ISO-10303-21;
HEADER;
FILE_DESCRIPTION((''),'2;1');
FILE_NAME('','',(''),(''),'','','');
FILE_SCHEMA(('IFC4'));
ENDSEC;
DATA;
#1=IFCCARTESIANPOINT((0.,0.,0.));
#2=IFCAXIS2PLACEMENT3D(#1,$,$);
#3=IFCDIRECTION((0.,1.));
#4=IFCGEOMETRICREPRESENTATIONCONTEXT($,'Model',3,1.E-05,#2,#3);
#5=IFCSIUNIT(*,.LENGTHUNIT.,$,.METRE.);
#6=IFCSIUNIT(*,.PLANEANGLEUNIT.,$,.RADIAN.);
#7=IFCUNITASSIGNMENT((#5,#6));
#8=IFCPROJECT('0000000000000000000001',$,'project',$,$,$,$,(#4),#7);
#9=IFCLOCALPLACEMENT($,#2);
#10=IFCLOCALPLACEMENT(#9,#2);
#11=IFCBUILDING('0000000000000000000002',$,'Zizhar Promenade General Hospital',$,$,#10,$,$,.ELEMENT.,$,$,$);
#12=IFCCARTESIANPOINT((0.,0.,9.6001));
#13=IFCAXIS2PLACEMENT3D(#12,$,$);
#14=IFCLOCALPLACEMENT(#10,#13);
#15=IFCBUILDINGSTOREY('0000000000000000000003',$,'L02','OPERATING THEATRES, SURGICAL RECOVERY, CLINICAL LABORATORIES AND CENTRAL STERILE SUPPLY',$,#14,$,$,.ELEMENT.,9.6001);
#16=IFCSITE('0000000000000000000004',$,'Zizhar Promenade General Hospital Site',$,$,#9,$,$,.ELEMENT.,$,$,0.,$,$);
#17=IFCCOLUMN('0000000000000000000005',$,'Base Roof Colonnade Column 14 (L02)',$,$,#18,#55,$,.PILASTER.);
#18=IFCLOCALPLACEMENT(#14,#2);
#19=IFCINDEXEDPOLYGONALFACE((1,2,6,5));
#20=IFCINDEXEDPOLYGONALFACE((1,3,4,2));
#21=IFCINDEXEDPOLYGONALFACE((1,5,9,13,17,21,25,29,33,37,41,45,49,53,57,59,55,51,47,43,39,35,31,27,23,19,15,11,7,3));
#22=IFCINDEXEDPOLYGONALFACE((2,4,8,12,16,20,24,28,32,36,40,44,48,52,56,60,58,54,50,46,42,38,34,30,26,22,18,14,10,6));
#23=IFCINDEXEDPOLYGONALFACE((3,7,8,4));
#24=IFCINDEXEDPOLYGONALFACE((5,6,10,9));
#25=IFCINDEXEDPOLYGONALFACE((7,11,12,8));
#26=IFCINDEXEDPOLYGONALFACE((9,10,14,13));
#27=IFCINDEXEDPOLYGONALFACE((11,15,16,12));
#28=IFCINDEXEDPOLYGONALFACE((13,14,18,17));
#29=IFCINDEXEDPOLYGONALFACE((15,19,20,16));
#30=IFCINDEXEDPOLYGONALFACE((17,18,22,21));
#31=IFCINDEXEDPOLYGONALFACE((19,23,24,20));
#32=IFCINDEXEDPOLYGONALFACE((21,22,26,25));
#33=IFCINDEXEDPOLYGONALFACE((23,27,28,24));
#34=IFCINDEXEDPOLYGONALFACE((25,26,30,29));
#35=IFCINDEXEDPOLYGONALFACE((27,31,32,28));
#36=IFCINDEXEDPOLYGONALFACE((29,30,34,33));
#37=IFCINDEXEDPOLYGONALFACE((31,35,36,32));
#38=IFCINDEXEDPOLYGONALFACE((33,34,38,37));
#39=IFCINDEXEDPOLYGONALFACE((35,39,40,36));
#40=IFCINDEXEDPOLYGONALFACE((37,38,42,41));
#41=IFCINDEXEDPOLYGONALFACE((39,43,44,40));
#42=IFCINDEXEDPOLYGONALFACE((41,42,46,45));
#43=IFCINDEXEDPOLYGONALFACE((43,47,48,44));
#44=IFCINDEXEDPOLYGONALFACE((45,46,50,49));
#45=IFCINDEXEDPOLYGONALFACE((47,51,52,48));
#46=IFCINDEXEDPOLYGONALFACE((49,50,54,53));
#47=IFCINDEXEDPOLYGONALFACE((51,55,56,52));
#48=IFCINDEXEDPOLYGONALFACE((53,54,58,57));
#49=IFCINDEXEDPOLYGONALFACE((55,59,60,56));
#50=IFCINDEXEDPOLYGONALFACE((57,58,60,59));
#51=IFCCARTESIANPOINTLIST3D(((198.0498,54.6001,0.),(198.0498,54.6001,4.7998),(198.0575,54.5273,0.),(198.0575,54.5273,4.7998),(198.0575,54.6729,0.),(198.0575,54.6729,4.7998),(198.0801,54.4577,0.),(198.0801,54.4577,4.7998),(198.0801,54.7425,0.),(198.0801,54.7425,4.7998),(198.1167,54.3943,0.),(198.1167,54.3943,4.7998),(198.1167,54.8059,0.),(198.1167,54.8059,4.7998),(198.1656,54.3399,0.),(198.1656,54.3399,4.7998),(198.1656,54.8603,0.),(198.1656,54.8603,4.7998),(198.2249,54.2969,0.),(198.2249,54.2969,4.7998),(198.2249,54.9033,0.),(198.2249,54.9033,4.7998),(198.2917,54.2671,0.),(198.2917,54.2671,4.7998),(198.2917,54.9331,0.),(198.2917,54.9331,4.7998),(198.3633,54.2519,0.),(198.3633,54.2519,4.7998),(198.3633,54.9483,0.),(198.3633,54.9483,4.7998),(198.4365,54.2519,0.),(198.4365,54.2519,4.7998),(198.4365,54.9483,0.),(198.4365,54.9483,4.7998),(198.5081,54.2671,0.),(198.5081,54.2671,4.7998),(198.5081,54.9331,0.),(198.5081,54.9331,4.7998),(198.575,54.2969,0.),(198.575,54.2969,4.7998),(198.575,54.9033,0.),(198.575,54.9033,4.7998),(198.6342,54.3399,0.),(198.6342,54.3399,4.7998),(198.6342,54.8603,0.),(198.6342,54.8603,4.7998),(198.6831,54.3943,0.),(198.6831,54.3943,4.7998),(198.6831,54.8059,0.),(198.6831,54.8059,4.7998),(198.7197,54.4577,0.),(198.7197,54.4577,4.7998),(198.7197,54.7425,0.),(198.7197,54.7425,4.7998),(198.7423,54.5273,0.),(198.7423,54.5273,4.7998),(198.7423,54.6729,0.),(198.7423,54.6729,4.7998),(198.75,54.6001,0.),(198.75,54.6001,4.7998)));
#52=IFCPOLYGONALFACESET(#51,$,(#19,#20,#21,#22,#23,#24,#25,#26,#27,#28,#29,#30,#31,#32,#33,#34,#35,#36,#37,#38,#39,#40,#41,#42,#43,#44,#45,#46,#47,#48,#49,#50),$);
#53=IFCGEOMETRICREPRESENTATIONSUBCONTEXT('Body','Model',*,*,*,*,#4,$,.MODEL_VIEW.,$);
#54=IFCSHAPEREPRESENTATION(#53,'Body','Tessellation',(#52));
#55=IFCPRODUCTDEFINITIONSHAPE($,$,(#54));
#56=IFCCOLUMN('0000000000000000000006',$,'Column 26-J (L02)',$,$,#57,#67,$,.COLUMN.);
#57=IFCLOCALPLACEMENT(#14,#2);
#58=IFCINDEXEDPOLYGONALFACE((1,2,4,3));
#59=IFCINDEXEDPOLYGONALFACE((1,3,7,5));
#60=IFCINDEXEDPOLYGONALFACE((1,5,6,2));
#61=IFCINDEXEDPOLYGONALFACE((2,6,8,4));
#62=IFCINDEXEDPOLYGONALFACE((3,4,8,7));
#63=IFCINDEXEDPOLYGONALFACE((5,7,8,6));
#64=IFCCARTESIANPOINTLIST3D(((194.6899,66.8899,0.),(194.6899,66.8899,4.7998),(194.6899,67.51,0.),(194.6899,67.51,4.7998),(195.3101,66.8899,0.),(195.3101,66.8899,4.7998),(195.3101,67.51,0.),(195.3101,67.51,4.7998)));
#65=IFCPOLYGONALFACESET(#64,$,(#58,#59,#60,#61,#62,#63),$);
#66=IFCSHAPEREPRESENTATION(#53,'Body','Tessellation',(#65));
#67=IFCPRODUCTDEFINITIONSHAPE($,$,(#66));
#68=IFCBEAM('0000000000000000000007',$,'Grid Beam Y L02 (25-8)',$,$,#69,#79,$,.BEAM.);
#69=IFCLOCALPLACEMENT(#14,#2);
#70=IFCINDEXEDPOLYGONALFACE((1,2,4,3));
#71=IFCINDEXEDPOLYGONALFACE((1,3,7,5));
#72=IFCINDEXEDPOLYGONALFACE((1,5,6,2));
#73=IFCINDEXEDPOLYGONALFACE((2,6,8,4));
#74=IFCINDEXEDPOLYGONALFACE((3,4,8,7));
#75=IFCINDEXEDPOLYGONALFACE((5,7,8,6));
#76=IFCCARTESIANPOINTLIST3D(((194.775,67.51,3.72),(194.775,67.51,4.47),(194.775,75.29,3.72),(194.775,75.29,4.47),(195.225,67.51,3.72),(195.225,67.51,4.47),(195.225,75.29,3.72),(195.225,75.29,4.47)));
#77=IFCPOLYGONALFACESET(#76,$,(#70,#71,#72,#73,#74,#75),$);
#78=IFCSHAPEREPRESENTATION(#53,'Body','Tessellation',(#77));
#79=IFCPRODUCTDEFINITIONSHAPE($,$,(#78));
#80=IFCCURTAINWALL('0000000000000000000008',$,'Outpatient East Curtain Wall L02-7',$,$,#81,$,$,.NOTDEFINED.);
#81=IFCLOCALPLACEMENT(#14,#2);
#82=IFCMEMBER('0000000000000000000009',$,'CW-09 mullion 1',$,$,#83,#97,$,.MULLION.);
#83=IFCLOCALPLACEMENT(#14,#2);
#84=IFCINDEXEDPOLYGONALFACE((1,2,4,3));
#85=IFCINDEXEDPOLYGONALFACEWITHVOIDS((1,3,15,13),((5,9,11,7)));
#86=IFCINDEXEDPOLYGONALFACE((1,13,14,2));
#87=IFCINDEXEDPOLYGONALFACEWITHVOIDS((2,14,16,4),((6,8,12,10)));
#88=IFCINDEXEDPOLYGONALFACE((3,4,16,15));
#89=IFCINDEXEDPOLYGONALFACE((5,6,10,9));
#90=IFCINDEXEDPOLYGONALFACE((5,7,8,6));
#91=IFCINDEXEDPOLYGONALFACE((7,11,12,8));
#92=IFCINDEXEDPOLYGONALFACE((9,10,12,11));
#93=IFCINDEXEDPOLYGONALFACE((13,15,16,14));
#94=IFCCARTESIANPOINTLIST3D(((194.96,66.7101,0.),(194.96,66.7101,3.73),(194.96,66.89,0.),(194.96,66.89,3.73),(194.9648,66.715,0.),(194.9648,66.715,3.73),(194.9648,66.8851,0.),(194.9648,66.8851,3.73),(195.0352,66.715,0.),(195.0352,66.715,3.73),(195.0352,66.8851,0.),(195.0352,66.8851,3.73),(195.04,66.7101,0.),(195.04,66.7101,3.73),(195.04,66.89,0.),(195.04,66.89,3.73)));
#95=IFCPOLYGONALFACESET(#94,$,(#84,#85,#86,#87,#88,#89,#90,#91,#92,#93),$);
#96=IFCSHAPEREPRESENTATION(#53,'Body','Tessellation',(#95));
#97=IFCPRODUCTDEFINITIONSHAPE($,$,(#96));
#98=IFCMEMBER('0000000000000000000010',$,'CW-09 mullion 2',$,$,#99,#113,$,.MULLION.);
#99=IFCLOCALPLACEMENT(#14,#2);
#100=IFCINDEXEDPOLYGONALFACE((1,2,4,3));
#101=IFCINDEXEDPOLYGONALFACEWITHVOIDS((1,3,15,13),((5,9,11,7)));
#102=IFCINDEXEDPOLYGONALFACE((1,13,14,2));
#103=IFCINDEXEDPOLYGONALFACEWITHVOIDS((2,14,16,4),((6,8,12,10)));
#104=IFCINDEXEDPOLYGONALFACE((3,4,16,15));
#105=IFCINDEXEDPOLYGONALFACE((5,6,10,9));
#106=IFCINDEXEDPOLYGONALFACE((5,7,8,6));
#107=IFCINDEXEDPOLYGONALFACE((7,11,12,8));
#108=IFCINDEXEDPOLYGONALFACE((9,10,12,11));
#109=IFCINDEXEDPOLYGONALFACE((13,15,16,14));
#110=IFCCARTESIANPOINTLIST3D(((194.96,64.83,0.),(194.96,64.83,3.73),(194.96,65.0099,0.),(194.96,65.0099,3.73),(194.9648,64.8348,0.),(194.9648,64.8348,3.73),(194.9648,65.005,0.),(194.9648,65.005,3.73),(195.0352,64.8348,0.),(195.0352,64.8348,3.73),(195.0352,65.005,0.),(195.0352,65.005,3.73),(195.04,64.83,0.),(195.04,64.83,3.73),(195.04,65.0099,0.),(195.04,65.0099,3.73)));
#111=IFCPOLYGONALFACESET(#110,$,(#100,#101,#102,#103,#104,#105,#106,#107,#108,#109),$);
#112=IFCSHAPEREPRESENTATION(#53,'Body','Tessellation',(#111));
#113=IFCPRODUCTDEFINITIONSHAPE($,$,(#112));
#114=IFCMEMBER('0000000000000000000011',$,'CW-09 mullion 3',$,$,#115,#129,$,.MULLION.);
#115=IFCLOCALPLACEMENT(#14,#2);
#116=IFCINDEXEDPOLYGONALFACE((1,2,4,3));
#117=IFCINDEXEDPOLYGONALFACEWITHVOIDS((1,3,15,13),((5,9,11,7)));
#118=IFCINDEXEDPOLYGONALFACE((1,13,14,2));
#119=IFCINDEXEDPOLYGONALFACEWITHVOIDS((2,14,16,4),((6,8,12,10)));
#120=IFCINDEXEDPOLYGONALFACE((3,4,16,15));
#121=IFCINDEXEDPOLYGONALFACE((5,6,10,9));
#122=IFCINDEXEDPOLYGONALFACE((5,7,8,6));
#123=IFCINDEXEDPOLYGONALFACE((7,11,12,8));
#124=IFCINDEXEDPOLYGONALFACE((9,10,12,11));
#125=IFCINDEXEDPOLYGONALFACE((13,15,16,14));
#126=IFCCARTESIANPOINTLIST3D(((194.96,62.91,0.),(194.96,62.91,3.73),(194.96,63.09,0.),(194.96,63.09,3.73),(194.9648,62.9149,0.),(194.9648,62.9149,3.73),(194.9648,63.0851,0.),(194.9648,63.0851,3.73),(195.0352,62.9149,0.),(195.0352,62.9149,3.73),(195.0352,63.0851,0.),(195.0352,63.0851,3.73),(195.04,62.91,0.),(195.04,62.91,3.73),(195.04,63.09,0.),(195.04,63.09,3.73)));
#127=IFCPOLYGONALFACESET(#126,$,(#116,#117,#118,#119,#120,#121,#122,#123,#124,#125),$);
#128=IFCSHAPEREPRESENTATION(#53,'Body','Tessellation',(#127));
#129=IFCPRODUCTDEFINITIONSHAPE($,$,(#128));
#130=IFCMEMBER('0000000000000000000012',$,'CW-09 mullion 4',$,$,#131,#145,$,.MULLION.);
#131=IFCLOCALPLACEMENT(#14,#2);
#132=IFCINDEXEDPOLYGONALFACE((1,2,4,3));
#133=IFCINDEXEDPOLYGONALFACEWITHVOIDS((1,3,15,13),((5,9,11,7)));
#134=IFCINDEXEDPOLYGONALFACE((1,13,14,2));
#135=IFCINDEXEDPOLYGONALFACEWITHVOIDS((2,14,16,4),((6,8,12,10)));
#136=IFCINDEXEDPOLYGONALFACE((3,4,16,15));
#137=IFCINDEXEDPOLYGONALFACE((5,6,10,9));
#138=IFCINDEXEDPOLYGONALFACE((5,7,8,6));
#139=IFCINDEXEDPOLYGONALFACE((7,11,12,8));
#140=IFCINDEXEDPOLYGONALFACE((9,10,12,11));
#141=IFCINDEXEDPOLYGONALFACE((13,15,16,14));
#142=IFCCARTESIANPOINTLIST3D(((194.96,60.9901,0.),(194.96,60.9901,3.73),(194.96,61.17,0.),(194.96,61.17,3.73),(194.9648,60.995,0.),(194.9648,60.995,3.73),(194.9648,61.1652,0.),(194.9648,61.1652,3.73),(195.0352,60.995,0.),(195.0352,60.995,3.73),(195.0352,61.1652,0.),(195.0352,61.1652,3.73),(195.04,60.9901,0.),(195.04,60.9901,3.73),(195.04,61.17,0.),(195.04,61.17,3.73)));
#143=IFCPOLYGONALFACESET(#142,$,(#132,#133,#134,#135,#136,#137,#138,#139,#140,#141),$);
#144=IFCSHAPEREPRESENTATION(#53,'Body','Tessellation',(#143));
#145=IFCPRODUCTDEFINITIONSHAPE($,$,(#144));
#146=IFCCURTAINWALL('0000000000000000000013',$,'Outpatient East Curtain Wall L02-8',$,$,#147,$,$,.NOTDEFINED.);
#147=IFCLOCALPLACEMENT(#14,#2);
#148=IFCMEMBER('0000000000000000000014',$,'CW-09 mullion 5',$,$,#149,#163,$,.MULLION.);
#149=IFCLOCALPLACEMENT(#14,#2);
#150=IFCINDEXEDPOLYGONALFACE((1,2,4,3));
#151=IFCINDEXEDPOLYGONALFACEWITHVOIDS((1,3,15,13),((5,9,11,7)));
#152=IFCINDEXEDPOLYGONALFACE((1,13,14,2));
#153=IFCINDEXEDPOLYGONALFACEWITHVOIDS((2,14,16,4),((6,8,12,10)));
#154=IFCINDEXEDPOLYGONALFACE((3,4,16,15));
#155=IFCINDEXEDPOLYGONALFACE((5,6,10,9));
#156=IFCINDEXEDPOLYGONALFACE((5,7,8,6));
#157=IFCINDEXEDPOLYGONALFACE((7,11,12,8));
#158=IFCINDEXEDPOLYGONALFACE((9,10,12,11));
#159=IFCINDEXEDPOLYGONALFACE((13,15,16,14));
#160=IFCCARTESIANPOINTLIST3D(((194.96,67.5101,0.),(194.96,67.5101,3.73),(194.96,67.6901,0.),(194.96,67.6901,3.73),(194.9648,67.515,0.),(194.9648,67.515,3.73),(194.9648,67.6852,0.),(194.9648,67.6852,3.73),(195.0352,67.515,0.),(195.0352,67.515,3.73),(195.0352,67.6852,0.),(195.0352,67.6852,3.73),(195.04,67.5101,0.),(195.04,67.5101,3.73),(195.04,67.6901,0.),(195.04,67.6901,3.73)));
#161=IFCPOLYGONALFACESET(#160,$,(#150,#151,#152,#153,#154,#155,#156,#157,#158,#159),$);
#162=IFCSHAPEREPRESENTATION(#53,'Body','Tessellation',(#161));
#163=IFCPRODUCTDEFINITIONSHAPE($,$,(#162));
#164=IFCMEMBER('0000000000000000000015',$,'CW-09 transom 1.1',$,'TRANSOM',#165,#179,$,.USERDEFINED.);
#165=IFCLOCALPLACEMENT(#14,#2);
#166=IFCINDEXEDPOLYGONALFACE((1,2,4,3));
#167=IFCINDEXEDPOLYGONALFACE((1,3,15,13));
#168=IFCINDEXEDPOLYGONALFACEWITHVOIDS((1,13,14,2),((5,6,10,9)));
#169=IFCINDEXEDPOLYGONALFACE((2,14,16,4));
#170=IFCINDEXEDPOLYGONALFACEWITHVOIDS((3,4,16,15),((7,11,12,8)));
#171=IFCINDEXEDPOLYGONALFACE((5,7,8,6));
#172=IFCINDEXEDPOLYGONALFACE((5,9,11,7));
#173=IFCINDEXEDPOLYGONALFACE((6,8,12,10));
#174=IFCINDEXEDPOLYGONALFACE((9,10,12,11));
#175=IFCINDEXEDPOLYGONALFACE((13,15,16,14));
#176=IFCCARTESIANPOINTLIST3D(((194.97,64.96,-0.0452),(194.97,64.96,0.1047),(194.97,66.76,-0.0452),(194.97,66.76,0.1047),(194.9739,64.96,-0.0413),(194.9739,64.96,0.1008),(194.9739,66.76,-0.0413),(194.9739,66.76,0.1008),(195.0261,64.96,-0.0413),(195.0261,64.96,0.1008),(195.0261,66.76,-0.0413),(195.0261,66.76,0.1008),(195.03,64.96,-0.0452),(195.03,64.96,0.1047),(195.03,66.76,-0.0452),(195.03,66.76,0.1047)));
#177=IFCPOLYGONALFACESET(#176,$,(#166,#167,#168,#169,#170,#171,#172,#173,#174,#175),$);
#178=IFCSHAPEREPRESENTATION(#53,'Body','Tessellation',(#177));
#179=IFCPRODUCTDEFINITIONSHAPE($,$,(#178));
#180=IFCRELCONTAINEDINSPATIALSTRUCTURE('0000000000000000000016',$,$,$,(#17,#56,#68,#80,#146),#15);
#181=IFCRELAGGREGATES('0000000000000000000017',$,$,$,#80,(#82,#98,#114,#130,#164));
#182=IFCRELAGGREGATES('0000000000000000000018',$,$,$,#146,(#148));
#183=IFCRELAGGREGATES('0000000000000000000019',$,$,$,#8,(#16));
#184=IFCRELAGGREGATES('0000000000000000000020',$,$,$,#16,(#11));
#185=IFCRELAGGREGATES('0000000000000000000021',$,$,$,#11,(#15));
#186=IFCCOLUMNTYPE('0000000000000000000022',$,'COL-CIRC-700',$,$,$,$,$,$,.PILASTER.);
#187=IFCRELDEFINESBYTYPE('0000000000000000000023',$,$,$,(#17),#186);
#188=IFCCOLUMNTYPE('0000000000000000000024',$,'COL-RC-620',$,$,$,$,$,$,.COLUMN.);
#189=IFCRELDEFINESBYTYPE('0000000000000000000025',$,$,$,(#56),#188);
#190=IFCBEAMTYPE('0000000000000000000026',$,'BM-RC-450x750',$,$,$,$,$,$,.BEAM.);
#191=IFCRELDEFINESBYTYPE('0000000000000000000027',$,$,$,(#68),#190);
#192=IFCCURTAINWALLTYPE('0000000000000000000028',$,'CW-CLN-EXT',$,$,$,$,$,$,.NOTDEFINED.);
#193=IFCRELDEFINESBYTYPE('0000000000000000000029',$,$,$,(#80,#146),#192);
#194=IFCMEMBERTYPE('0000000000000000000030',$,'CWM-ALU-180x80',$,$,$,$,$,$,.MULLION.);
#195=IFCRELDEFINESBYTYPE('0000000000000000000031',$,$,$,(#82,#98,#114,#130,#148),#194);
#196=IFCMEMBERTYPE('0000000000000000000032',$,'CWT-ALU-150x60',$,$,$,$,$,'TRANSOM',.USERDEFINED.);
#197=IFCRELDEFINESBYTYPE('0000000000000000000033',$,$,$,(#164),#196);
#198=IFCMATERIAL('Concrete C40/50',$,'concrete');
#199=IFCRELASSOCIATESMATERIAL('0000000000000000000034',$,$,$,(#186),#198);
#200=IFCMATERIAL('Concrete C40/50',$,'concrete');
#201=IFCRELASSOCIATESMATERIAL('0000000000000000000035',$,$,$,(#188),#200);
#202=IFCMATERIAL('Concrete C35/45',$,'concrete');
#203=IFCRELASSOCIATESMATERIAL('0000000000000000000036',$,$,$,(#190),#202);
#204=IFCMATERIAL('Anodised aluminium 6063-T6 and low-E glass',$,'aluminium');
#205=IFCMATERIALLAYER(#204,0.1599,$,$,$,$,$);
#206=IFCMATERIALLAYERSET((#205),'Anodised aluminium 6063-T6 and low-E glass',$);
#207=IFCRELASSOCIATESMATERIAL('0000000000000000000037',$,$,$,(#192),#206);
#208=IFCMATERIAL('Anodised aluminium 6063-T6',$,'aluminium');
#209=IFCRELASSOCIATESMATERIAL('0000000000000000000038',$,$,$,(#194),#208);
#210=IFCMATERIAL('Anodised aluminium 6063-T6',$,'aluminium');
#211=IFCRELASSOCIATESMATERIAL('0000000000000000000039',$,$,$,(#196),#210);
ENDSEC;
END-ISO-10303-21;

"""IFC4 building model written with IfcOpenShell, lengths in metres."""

from ifc_helpers import new_model, si_unit, direction, frame, origin, origin_2d, place, context, subcontext, project, spatial, rectangle, hollow_rectangle, circle, extrude, material, layer, layer_set, material_profile, profile_set, type_object, element, aggregate, save


model = new_model("IFC4")

# Units and contexts
model_context = context("Model", 3, precision=1e-05, world=origin(), true_north=direction((0.0, 1.0)))
body_context = subcontext(model_context, "Body", "Model", "MODEL_VIEW")
ifc_project = project(units=[si_unit("LENGTHUNIT", "METRE"), si_unit("PLANEANGLEUNIT", "RADIAN")], contexts=[model_context])

# Site, building, storey
site_placement = place(None, origin())
site = spatial("IfcSite", under=ifc_project, at=site_placement, Name="Zizhar Promenade General Hospital Site", CompositionType="ELEMENT", RefElevation=0.0)
building_placement = place(site_placement, origin())
building = spatial("IfcBuilding", under=site, at=building_placement, Name="Zizhar Promenade General Hospital", CompositionType="ELEMENT")
storey_placement = place(building_placement, frame((0.0, 0.0, 9.6001)))
storey = spatial("IfcBuildingStorey", under=building, at=storey_placement, Name="L02", Description="OPERATING THEATRES, SURGICAL RECOVERY, CLINICAL LABORATORIES AND CENTRAL STERILE SUPPLY", CompositionType="ELEMENT", Elevation=9.6001)

# Columns
ifc_material_1 = material(Name="Concrete C40/50", Category="concrete")
ifc_material_profile_1 = material_profile(ifc_material_1, circle(Radius=0.3501, at=origin_2d()))
ifc_profile_set_1 = profile_set([ifc_material_profile_1], Name="Concrete C40/50")
column_type_1 = type_object("IfcColumnType", Name="COL-CIRC-700", PredefinedType="PILASTER", material=ifc_profile_set_1)
column_1_placement = place(storey_placement, frame((198.3999, 54.6001, 0.0), z_axis=(0.0, 0.0, 1.0), x_axis=(1.0, 0.0, 0.0)))
element("IfcColumn", 1, at=column_1_placement, inside=storey, type_object=column_type_1, Name="Base Roof Colonnade Column 14 (L02)", PredefinedType="PILASTER", context=body_context, shape_type="SweptSolid", body=[
    extrude(circle(Radius=0.3501, at=origin_2d()), origin(), (0.0, 0.0, 1.0), 4.7998),
])
ifc_material_2 = material(Name="Concrete C40/50", Category="concrete")
ifc_material_profile_2 = material_profile(ifc_material_2, rectangle(XDim=0.6201, YDim=0.6201, at=origin_2d()))
ifc_profile_set_2 = profile_set([ifc_material_profile_2], Name="Concrete C40/50")
column_type_2 = type_object("IfcColumnType", Name="COL-RC-620", PredefinedType="COLUMN", material=ifc_profile_set_2)
column_2_placement = place(storey_placement, frame((195.0, 67.2, 0.0), z_axis=(0.0, 0.0, 1.0), x_axis=(1.0, 0.0, 0.0)))
element("IfcColumn", 2, at=column_2_placement, inside=storey, type_object=column_type_2, Name="Column 26-J (L02)", PredefinedType="COLUMN", context=body_context, shape_type="SweptSolid", body=[
    extrude(rectangle(XDim=0.6201, YDim=0.6201, at=origin_2d()), origin(), (0.0, 0.0, 1.0), 4.7998),
])

# Beam
ifc_material_3 = material(Name="Concrete C35/45", Category="concrete")
ifc_material_profile_3 = material_profile(ifc_material_3, rectangle(XDim=0.45, YDim=0.75, at=origin_2d()))
ifc_profile_set_3 = profile_set([ifc_material_profile_3], Name="Concrete C35/45")
beam_type = type_object("IfcBeamType", Name="BM-RC-450x750", PredefinedType="BEAM", material=ifc_profile_set_3)
beam_placement = place(storey_placement, frame((195.0, 67.51, 4.095), z_axis=(0.0, 1.0, 0.0), x_axis=(-1.0, 0.0, 0.0)))
element("IfcBeam", 3, at=beam_placement, inside=storey, type_object=beam_type, Name="Grid Beam Y L02 (25-8)", PredefinedType="BEAM", context=body_context, shape_type="SweptSolid", body=[
    extrude(rectangle(XDim=0.45, YDim=0.75, at=origin_2d()), origin(), (0.0, 0.0, 1.0), 7.78),
])

# Curtain wall, members
ifc_material_4 = material(Name="Anodised aluminium 6063-T6 and low-E glass", Category="aluminium")
ifc_layer_1 = layer(ifc_material_4, 0.1599)
ifc_layer_set_1 = layer_set([ifc_layer_1], Name="Anodised aluminium 6063-T6 and low-E glass")
curtain_wall_type = type_object("IfcCurtainWallType", Name="CW-CLN-EXT", PredefinedType="NOTDEFINED", material=ifc_layer_set_1)
curtain_wall_1_placement = place(storey_placement, origin())
curtain_wall_1 = element("IfcCurtainWall", 4, at=curtain_wall_1_placement, inside=storey, type_object=curtain_wall_type, Name="Outpatient East Curtain Wall L02-7", PredefinedType="NOTDEFINED")
ifc_material_5 = material(Name="Anodised aluminium 6063-T6", Category="aluminium")
ifc_material_profile_4 = material_profile(ifc_material_5, hollow_rectangle(XDim=0.0801, YDim=0.1799, WallThickness=0.0049, at=origin_2d()))
ifc_profile_set_4 = profile_set([ifc_material_profile_4], Name="Anodised aluminium 6063-T6")
member_type_1 = type_object("IfcMemberType", Name="CWM-ALU-180x80", PredefinedType="MULLION", material=ifc_profile_set_4)
member_1_placement = place(storey_placement, frame((195.0, 66.8, 0.0), z_axis=(0.0, 0.0, 1.0), x_axis=(1.0, 0.0, 0.0)))
member_1 = element("IfcMember", 5, at=member_1_placement, type_object=member_type_1, Name="CW-09 mullion 1", PredefinedType="MULLION", context=body_context, shape_type="SweptSolid", body=[
    extrude(hollow_rectangle(XDim=0.0801, YDim=0.1799, WallThickness=0.0049, at=origin_2d()), origin(), (0.0, 0.0, 1.0), 3.73),
])
member_2_placement = place(storey_placement, frame((195.0, 64.9199, 0.0), z_axis=(0.0, 0.0, 1.0), x_axis=(1.0, 0.0, 0.0)))
member_2 = element("IfcMember", 6, at=member_2_placement, type_object=member_type_1, Name="CW-09 mullion 2", PredefinedType="MULLION", context=body_context, shape_type="SweptSolid", body=[
    extrude(hollow_rectangle(XDim=0.0801, YDim=0.1799, WallThickness=0.0049, at=origin_2d()), origin(), (0.0, 0.0, 1.0), 3.73),
])
member_3_placement = place(storey_placement, frame((195.0, 63.0, 0.0), z_axis=(0.0, 0.0, 1.0), x_axis=(1.0, 0.0, 0.0)))
member_3 = element("IfcMember", 7, at=member_3_placement, type_object=member_type_1, Name="CW-09 mullion 3", PredefinedType="MULLION", context=body_context, shape_type="SweptSolid", body=[
    extrude(hollow_rectangle(XDim=0.0801, YDim=0.1799, WallThickness=0.0049, at=origin_2d()), origin(), (0.0, 0.0, 1.0), 3.73),
])
member_4_placement = place(storey_placement, frame((195.0, 61.0801, 0.0), z_axis=(0.0, 0.0, 1.0), x_axis=(1.0, 0.0, 0.0)))
member_4 = element("IfcMember", 8, at=member_4_placement, type_object=member_type_1, Name="CW-09 mullion 4", PredefinedType="MULLION", context=body_context, shape_type="SweptSolid", body=[
    extrude(hollow_rectangle(XDim=0.0801, YDim=0.1799, WallThickness=0.0049, at=origin_2d()), origin(), (0.0, 0.0, 1.0), 3.73),
])

# Curtain wall, member
curtain_wall_2_placement = place(storey_placement, origin())
curtain_wall_2 = element("IfcCurtainWall", 9, at=curtain_wall_2_placement, inside=storey, type_object=curtain_wall_type, Name="Outpatient East Curtain Wall L02-8", PredefinedType="NOTDEFINED")
member_5_placement = place(storey_placement, frame((195.0, 67.6001, 0.0), z_axis=(0.0, 0.0, 1.0), x_axis=(1.0, 0.0, 0.0)))
member_5 = element("IfcMember", 10, at=member_5_placement, type_object=member_type_1, Name="CW-09 mullion 5", PredefinedType="MULLION", context=body_context, shape_type="SweptSolid", body=[
    extrude(hollow_rectangle(XDim=0.0801, YDim=0.1799, WallThickness=0.0049, at=origin_2d()), origin(), (0.0, 0.0, 1.0), 3.73),
])

# Member
ifc_material_6 = material(Name="Anodised aluminium 6063-T6", Category="aluminium")
ifc_material_profile_5 = material_profile(ifc_material_6, hollow_rectangle(XDim=0.0601, YDim=0.1499, WallThickness=0.0039, at=origin_2d()))
ifc_profile_set_5 = profile_set([ifc_material_profile_5], Name="Anodised aluminium 6063-T6")
member_type_2 = type_object("IfcMemberType", Name="CWT-ALU-150x60", ElementType="TRANSOM", PredefinedType="USERDEFINED", material=ifc_profile_set_5)
member_6_placement = place(storey_placement, frame((195.0, 66.76, 0.0298), z_axis=(0.0, -1.0, 0.0), x_axis=(1.0, 0.0, 0.0)))
member_6 = element("IfcMember", 11, at=member_6_placement, type_object=member_type_2, Name="CW-09 transom 1.1", ObjectType="TRANSOM", PredefinedType="USERDEFINED", context=body_context, shape_type="SweptSolid", body=[
    extrude(hollow_rectangle(XDim=0.0601, YDim=0.1499, WallThickness=0.0039, at=origin_2d()), origin(), (0.0, 0.0, 1.0), 1.8),
])

aggregate(curtain_wall_1, [member_1, member_2, member_3, member_4, member_6])
aggregate(curtain_wall_2, [member_5])

save(model, "model.ifc")
